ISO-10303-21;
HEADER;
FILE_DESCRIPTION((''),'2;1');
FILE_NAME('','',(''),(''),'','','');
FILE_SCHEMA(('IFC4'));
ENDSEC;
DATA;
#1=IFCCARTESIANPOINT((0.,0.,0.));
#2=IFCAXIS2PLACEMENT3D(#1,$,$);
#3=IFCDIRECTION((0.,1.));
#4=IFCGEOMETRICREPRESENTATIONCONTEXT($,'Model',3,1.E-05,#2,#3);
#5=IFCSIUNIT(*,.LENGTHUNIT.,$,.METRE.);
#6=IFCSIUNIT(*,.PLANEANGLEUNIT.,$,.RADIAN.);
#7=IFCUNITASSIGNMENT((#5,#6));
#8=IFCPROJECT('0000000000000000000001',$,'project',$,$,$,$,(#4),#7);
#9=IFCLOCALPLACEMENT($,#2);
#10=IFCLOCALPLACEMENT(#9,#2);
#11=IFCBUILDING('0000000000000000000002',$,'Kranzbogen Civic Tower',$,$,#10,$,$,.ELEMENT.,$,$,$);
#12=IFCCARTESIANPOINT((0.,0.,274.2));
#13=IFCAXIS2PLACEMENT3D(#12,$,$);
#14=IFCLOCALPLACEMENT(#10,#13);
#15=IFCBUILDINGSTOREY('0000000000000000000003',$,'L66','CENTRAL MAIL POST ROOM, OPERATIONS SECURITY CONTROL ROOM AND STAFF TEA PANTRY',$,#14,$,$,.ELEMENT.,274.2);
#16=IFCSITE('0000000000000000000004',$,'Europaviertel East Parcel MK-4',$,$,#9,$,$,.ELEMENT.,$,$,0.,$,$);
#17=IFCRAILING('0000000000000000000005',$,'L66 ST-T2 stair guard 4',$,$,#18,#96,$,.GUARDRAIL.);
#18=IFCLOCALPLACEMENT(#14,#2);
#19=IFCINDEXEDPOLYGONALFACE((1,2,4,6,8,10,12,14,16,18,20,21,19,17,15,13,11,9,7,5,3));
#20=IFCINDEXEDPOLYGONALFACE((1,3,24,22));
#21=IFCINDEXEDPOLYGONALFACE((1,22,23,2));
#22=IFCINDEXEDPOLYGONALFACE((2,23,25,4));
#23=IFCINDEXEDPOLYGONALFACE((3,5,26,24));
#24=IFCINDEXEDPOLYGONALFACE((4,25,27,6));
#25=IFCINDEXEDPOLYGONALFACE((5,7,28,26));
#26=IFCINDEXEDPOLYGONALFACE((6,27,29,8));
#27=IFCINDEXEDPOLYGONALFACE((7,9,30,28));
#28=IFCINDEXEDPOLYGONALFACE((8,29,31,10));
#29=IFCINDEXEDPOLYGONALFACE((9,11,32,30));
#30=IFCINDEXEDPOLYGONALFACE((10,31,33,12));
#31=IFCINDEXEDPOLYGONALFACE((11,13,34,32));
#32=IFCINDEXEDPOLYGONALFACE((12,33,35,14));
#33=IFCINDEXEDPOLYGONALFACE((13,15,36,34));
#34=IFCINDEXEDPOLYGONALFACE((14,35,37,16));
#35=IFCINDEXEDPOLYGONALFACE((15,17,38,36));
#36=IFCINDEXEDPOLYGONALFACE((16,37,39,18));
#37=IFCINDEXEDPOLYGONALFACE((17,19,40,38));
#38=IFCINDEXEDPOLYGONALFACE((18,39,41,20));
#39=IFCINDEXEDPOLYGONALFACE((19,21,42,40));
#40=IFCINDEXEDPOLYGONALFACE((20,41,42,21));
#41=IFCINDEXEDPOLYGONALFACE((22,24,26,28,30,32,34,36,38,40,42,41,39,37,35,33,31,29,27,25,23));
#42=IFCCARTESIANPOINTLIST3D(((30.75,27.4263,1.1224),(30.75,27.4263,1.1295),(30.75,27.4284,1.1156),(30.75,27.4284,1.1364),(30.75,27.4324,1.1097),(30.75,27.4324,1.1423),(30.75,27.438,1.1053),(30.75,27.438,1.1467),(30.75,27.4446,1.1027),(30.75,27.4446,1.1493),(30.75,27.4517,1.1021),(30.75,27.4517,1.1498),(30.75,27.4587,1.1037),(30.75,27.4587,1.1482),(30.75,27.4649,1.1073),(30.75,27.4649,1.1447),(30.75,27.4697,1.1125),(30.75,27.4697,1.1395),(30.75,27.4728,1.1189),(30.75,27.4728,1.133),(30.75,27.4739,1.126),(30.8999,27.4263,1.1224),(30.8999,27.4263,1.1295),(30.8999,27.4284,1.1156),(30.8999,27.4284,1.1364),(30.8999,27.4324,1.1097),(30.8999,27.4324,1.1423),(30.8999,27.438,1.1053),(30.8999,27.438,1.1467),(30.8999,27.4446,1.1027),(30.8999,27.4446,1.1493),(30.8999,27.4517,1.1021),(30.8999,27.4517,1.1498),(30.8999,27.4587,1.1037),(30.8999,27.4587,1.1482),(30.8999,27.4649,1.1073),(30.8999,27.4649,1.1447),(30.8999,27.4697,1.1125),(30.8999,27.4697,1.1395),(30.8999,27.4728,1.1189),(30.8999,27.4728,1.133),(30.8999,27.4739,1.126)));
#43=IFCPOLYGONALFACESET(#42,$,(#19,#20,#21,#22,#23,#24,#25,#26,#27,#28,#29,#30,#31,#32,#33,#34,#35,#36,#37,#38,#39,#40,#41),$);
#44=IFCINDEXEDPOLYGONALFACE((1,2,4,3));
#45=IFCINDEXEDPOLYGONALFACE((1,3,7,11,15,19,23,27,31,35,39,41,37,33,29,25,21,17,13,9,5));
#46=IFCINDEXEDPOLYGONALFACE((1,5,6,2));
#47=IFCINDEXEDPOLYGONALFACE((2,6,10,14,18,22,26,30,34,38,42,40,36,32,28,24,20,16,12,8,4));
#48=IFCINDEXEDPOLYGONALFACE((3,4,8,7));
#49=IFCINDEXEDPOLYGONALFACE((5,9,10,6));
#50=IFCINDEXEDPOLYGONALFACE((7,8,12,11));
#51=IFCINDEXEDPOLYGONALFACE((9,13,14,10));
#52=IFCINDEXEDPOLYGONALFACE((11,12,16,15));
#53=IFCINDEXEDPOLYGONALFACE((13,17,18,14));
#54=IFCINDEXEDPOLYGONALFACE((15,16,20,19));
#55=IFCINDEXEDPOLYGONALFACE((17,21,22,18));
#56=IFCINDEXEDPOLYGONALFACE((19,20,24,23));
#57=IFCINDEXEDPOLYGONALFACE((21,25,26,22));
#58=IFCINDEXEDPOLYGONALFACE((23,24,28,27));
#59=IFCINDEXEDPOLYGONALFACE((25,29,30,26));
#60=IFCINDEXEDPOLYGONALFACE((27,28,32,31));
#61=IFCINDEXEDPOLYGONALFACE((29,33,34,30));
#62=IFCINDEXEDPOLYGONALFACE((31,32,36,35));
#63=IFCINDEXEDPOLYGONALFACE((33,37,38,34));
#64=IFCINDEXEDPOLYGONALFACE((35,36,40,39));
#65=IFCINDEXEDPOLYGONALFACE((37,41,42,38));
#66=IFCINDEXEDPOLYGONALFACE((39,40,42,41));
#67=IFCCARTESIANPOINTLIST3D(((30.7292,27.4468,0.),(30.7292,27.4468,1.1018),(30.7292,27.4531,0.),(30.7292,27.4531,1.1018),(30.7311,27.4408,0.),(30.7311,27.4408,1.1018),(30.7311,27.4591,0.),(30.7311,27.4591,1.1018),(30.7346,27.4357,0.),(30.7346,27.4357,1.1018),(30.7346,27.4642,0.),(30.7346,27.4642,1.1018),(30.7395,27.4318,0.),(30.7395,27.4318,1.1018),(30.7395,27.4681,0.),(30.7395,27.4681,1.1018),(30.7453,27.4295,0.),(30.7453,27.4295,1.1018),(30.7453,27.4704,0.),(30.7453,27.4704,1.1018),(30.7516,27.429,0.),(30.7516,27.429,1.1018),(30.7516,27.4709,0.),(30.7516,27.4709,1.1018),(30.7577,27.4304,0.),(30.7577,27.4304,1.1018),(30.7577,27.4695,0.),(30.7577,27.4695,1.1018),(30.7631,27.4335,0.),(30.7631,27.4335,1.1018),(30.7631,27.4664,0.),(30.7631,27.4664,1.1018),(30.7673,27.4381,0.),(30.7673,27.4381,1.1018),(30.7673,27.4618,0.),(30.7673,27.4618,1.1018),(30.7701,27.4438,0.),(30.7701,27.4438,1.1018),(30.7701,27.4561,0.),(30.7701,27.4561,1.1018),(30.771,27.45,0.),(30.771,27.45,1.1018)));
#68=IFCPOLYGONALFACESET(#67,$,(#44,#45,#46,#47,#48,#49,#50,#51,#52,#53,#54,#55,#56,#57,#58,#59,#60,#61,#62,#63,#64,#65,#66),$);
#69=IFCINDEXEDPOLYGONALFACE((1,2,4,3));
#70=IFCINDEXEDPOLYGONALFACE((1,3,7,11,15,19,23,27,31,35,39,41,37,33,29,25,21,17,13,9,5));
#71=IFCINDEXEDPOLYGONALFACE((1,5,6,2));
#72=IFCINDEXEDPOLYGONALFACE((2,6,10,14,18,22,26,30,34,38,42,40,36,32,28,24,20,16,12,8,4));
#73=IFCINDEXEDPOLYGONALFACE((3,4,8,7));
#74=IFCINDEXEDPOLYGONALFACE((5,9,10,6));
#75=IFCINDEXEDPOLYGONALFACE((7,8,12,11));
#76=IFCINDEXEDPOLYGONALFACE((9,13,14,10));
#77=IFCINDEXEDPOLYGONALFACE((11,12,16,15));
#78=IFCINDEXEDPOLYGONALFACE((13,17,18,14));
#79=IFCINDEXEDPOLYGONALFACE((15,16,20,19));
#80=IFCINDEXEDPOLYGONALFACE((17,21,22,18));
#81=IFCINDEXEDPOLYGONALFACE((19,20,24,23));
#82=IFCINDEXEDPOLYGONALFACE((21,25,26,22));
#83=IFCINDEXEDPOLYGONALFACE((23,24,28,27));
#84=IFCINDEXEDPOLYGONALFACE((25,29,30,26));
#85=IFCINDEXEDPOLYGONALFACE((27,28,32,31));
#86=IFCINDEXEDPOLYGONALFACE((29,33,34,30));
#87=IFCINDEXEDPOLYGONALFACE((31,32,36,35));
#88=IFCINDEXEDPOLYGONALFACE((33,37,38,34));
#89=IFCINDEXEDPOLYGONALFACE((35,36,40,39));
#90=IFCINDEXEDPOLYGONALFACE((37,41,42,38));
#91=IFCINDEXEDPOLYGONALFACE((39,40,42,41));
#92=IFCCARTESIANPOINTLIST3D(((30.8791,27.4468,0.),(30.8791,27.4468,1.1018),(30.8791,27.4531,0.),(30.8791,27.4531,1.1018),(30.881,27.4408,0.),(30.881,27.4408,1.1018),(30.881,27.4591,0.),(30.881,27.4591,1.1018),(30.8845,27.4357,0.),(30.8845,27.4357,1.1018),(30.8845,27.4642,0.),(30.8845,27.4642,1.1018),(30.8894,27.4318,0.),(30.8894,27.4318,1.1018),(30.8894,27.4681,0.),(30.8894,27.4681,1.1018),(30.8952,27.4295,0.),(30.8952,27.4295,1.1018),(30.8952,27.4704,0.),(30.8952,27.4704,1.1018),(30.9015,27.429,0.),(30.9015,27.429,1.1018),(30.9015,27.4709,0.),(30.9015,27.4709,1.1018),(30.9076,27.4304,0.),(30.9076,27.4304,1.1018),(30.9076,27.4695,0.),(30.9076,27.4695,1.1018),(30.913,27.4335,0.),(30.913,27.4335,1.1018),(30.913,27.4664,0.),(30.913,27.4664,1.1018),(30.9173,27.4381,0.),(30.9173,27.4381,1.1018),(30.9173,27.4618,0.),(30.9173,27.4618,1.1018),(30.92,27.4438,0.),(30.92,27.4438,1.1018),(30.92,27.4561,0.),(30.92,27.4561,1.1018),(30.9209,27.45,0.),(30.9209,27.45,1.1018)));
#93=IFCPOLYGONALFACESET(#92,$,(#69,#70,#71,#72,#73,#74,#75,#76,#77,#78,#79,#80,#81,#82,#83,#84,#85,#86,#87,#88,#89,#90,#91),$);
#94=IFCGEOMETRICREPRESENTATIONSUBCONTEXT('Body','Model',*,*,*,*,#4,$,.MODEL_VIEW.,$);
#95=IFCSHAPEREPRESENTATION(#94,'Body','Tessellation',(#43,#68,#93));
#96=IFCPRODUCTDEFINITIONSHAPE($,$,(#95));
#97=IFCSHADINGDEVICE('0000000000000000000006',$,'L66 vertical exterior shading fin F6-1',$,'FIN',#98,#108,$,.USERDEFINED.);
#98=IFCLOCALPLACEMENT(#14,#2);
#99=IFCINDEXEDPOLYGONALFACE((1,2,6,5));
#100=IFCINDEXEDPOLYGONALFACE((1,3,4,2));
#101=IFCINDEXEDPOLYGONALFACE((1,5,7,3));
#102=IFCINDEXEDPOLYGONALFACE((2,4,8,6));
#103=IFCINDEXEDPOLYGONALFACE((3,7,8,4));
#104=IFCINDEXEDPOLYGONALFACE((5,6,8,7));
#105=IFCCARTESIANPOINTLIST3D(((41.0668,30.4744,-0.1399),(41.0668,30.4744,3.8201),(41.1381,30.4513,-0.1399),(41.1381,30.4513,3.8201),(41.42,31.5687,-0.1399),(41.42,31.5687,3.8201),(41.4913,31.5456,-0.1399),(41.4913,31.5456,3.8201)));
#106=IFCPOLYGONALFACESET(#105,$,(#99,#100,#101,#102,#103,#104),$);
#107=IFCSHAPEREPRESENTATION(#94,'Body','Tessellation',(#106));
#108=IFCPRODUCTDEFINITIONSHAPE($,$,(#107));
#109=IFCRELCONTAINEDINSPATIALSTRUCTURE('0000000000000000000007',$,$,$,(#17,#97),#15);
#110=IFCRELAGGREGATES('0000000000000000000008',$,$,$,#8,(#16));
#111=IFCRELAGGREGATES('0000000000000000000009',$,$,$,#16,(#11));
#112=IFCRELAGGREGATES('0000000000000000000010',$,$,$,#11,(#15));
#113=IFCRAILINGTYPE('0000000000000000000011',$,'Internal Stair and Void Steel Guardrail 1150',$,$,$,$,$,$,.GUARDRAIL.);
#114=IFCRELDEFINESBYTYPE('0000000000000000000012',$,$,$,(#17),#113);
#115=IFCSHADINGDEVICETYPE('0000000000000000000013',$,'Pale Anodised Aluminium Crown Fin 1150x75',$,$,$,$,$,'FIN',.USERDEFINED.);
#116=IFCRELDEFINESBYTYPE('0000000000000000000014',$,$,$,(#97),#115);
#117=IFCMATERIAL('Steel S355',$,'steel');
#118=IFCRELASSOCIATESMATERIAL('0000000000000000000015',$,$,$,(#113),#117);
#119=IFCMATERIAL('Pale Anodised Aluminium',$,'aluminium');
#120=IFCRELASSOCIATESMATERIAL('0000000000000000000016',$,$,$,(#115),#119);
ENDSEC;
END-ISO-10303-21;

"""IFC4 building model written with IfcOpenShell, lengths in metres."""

from ifc_helpers import new_model, si_unit, direction, frame, origin, origin_2d, place, context, subcontext, project, spatial, rectangle, circle, extrude, material, type_object, element, save


model = new_model("IFC4")

# Units and contexts
model_context = context("Model", 3, precision=1e-05, world=origin(), true_north=direction((0.0, 1.0)))
body_context = subcontext(model_context, "Body", "Model", "MODEL_VIEW")
ifc_project = project(units=[si_unit("LENGTHUNIT", "METRE"), si_unit("PLANEANGLEUNIT", "RADIAN")], contexts=[model_context])

# Site, building, storey
site_placement = place(None, origin())
site = spatial("IfcSite", under=ifc_project, at=site_placement, Name="Europaviertel East Parcel MK-4", CompositionType="ELEMENT", RefElevation=0.0)
building_placement = place(site_placement, origin())
building = spatial("IfcBuilding", under=site, at=building_placement, Name="Kranzbogen Civic Tower", CompositionType="ELEMENT")
storey_placement = place(building_placement, frame((0.0, 0.0, 274.2)))
storey = spatial("IfcBuildingStorey", under=building, at=storey_placement, Name="L66", Description="CENTRAL MAIL POST ROOM, OPERATIONS SECURITY CONTROL ROOM AND STAFF TEA PANTRY", CompositionType="ELEMENT", Elevation=274.2)

# Shared definitions
ifc_material_1 = material(Name="Steel S355", Category="steel")

# Shared definitions
ifc_material_2 = material(Name="Pale Anodised Aluminium", Category="aluminium")

# Railing
railing_type_1 = type_object("IfcRailingType", Name="Internal Stair and Void Steel Guardrail 1150", PredefinedType="GUARDRAIL", material=ifc_material_1)
railing_1_placement = place(storey_placement, frame((30.75, 27.45, 0.0)))
element("IfcRailing", 1, at=railing_1_placement, inside=storey, type_object=railing_type_1, Name="L66 ST-T2 stair guard 4", PredefinedType="GUARDRAIL", context=body_context, shape_type="SweptSolid", body=[
    extrude(circle(Radius=0.0239, at=origin_2d()), frame((0.0, 0.0, 1.126), z_axis=(1.0, 0.0, 0.0), x_axis=(0.0, 1.0, 0.0)), (0.0, 0.0, 1.0), 0.1499),
    extrude(circle(Radius=0.021, at=origin_2d()), origin(), (0.0, 0.0, 1.0), 1.1018),
    extrude(circle(Radius=0.021, at=origin_2d()), frame((0.1499, 0.0, 0.0)), (0.0, 0.0, 1.0), 1.1018),
])

# Shading device
shading_device_type = type_object("IfcShadingDeviceType", Name="Pale Anodised Aluminium Crown Fin 1150x75", ElementType="FIN", PredefinedType="USERDEFINED", material=ifc_material_2)
shading_device_placement = place(storey_placement, frame((41.2791, 31.01, -0.1399), z_axis=(0.0, 0.0, 1.0), x_axis=(0.307191, 0.951648, 0.0)))
element("IfcShadingDevice", 2, at=shading_device_placement, inside=storey, type_object=shading_device_type, Name="L66 vertical exterior shading fin F6-1", ObjectType="FIN", PredefinedType="USERDEFINED", context=body_context, shape_type="SweptSolid", body=[
    extrude(rectangle(XDim=1.1499, YDim=0.075, at=origin_2d()), origin(), (0.0, 0.0, 1.0), 3.96),
])

save(model, "model.ifc")
